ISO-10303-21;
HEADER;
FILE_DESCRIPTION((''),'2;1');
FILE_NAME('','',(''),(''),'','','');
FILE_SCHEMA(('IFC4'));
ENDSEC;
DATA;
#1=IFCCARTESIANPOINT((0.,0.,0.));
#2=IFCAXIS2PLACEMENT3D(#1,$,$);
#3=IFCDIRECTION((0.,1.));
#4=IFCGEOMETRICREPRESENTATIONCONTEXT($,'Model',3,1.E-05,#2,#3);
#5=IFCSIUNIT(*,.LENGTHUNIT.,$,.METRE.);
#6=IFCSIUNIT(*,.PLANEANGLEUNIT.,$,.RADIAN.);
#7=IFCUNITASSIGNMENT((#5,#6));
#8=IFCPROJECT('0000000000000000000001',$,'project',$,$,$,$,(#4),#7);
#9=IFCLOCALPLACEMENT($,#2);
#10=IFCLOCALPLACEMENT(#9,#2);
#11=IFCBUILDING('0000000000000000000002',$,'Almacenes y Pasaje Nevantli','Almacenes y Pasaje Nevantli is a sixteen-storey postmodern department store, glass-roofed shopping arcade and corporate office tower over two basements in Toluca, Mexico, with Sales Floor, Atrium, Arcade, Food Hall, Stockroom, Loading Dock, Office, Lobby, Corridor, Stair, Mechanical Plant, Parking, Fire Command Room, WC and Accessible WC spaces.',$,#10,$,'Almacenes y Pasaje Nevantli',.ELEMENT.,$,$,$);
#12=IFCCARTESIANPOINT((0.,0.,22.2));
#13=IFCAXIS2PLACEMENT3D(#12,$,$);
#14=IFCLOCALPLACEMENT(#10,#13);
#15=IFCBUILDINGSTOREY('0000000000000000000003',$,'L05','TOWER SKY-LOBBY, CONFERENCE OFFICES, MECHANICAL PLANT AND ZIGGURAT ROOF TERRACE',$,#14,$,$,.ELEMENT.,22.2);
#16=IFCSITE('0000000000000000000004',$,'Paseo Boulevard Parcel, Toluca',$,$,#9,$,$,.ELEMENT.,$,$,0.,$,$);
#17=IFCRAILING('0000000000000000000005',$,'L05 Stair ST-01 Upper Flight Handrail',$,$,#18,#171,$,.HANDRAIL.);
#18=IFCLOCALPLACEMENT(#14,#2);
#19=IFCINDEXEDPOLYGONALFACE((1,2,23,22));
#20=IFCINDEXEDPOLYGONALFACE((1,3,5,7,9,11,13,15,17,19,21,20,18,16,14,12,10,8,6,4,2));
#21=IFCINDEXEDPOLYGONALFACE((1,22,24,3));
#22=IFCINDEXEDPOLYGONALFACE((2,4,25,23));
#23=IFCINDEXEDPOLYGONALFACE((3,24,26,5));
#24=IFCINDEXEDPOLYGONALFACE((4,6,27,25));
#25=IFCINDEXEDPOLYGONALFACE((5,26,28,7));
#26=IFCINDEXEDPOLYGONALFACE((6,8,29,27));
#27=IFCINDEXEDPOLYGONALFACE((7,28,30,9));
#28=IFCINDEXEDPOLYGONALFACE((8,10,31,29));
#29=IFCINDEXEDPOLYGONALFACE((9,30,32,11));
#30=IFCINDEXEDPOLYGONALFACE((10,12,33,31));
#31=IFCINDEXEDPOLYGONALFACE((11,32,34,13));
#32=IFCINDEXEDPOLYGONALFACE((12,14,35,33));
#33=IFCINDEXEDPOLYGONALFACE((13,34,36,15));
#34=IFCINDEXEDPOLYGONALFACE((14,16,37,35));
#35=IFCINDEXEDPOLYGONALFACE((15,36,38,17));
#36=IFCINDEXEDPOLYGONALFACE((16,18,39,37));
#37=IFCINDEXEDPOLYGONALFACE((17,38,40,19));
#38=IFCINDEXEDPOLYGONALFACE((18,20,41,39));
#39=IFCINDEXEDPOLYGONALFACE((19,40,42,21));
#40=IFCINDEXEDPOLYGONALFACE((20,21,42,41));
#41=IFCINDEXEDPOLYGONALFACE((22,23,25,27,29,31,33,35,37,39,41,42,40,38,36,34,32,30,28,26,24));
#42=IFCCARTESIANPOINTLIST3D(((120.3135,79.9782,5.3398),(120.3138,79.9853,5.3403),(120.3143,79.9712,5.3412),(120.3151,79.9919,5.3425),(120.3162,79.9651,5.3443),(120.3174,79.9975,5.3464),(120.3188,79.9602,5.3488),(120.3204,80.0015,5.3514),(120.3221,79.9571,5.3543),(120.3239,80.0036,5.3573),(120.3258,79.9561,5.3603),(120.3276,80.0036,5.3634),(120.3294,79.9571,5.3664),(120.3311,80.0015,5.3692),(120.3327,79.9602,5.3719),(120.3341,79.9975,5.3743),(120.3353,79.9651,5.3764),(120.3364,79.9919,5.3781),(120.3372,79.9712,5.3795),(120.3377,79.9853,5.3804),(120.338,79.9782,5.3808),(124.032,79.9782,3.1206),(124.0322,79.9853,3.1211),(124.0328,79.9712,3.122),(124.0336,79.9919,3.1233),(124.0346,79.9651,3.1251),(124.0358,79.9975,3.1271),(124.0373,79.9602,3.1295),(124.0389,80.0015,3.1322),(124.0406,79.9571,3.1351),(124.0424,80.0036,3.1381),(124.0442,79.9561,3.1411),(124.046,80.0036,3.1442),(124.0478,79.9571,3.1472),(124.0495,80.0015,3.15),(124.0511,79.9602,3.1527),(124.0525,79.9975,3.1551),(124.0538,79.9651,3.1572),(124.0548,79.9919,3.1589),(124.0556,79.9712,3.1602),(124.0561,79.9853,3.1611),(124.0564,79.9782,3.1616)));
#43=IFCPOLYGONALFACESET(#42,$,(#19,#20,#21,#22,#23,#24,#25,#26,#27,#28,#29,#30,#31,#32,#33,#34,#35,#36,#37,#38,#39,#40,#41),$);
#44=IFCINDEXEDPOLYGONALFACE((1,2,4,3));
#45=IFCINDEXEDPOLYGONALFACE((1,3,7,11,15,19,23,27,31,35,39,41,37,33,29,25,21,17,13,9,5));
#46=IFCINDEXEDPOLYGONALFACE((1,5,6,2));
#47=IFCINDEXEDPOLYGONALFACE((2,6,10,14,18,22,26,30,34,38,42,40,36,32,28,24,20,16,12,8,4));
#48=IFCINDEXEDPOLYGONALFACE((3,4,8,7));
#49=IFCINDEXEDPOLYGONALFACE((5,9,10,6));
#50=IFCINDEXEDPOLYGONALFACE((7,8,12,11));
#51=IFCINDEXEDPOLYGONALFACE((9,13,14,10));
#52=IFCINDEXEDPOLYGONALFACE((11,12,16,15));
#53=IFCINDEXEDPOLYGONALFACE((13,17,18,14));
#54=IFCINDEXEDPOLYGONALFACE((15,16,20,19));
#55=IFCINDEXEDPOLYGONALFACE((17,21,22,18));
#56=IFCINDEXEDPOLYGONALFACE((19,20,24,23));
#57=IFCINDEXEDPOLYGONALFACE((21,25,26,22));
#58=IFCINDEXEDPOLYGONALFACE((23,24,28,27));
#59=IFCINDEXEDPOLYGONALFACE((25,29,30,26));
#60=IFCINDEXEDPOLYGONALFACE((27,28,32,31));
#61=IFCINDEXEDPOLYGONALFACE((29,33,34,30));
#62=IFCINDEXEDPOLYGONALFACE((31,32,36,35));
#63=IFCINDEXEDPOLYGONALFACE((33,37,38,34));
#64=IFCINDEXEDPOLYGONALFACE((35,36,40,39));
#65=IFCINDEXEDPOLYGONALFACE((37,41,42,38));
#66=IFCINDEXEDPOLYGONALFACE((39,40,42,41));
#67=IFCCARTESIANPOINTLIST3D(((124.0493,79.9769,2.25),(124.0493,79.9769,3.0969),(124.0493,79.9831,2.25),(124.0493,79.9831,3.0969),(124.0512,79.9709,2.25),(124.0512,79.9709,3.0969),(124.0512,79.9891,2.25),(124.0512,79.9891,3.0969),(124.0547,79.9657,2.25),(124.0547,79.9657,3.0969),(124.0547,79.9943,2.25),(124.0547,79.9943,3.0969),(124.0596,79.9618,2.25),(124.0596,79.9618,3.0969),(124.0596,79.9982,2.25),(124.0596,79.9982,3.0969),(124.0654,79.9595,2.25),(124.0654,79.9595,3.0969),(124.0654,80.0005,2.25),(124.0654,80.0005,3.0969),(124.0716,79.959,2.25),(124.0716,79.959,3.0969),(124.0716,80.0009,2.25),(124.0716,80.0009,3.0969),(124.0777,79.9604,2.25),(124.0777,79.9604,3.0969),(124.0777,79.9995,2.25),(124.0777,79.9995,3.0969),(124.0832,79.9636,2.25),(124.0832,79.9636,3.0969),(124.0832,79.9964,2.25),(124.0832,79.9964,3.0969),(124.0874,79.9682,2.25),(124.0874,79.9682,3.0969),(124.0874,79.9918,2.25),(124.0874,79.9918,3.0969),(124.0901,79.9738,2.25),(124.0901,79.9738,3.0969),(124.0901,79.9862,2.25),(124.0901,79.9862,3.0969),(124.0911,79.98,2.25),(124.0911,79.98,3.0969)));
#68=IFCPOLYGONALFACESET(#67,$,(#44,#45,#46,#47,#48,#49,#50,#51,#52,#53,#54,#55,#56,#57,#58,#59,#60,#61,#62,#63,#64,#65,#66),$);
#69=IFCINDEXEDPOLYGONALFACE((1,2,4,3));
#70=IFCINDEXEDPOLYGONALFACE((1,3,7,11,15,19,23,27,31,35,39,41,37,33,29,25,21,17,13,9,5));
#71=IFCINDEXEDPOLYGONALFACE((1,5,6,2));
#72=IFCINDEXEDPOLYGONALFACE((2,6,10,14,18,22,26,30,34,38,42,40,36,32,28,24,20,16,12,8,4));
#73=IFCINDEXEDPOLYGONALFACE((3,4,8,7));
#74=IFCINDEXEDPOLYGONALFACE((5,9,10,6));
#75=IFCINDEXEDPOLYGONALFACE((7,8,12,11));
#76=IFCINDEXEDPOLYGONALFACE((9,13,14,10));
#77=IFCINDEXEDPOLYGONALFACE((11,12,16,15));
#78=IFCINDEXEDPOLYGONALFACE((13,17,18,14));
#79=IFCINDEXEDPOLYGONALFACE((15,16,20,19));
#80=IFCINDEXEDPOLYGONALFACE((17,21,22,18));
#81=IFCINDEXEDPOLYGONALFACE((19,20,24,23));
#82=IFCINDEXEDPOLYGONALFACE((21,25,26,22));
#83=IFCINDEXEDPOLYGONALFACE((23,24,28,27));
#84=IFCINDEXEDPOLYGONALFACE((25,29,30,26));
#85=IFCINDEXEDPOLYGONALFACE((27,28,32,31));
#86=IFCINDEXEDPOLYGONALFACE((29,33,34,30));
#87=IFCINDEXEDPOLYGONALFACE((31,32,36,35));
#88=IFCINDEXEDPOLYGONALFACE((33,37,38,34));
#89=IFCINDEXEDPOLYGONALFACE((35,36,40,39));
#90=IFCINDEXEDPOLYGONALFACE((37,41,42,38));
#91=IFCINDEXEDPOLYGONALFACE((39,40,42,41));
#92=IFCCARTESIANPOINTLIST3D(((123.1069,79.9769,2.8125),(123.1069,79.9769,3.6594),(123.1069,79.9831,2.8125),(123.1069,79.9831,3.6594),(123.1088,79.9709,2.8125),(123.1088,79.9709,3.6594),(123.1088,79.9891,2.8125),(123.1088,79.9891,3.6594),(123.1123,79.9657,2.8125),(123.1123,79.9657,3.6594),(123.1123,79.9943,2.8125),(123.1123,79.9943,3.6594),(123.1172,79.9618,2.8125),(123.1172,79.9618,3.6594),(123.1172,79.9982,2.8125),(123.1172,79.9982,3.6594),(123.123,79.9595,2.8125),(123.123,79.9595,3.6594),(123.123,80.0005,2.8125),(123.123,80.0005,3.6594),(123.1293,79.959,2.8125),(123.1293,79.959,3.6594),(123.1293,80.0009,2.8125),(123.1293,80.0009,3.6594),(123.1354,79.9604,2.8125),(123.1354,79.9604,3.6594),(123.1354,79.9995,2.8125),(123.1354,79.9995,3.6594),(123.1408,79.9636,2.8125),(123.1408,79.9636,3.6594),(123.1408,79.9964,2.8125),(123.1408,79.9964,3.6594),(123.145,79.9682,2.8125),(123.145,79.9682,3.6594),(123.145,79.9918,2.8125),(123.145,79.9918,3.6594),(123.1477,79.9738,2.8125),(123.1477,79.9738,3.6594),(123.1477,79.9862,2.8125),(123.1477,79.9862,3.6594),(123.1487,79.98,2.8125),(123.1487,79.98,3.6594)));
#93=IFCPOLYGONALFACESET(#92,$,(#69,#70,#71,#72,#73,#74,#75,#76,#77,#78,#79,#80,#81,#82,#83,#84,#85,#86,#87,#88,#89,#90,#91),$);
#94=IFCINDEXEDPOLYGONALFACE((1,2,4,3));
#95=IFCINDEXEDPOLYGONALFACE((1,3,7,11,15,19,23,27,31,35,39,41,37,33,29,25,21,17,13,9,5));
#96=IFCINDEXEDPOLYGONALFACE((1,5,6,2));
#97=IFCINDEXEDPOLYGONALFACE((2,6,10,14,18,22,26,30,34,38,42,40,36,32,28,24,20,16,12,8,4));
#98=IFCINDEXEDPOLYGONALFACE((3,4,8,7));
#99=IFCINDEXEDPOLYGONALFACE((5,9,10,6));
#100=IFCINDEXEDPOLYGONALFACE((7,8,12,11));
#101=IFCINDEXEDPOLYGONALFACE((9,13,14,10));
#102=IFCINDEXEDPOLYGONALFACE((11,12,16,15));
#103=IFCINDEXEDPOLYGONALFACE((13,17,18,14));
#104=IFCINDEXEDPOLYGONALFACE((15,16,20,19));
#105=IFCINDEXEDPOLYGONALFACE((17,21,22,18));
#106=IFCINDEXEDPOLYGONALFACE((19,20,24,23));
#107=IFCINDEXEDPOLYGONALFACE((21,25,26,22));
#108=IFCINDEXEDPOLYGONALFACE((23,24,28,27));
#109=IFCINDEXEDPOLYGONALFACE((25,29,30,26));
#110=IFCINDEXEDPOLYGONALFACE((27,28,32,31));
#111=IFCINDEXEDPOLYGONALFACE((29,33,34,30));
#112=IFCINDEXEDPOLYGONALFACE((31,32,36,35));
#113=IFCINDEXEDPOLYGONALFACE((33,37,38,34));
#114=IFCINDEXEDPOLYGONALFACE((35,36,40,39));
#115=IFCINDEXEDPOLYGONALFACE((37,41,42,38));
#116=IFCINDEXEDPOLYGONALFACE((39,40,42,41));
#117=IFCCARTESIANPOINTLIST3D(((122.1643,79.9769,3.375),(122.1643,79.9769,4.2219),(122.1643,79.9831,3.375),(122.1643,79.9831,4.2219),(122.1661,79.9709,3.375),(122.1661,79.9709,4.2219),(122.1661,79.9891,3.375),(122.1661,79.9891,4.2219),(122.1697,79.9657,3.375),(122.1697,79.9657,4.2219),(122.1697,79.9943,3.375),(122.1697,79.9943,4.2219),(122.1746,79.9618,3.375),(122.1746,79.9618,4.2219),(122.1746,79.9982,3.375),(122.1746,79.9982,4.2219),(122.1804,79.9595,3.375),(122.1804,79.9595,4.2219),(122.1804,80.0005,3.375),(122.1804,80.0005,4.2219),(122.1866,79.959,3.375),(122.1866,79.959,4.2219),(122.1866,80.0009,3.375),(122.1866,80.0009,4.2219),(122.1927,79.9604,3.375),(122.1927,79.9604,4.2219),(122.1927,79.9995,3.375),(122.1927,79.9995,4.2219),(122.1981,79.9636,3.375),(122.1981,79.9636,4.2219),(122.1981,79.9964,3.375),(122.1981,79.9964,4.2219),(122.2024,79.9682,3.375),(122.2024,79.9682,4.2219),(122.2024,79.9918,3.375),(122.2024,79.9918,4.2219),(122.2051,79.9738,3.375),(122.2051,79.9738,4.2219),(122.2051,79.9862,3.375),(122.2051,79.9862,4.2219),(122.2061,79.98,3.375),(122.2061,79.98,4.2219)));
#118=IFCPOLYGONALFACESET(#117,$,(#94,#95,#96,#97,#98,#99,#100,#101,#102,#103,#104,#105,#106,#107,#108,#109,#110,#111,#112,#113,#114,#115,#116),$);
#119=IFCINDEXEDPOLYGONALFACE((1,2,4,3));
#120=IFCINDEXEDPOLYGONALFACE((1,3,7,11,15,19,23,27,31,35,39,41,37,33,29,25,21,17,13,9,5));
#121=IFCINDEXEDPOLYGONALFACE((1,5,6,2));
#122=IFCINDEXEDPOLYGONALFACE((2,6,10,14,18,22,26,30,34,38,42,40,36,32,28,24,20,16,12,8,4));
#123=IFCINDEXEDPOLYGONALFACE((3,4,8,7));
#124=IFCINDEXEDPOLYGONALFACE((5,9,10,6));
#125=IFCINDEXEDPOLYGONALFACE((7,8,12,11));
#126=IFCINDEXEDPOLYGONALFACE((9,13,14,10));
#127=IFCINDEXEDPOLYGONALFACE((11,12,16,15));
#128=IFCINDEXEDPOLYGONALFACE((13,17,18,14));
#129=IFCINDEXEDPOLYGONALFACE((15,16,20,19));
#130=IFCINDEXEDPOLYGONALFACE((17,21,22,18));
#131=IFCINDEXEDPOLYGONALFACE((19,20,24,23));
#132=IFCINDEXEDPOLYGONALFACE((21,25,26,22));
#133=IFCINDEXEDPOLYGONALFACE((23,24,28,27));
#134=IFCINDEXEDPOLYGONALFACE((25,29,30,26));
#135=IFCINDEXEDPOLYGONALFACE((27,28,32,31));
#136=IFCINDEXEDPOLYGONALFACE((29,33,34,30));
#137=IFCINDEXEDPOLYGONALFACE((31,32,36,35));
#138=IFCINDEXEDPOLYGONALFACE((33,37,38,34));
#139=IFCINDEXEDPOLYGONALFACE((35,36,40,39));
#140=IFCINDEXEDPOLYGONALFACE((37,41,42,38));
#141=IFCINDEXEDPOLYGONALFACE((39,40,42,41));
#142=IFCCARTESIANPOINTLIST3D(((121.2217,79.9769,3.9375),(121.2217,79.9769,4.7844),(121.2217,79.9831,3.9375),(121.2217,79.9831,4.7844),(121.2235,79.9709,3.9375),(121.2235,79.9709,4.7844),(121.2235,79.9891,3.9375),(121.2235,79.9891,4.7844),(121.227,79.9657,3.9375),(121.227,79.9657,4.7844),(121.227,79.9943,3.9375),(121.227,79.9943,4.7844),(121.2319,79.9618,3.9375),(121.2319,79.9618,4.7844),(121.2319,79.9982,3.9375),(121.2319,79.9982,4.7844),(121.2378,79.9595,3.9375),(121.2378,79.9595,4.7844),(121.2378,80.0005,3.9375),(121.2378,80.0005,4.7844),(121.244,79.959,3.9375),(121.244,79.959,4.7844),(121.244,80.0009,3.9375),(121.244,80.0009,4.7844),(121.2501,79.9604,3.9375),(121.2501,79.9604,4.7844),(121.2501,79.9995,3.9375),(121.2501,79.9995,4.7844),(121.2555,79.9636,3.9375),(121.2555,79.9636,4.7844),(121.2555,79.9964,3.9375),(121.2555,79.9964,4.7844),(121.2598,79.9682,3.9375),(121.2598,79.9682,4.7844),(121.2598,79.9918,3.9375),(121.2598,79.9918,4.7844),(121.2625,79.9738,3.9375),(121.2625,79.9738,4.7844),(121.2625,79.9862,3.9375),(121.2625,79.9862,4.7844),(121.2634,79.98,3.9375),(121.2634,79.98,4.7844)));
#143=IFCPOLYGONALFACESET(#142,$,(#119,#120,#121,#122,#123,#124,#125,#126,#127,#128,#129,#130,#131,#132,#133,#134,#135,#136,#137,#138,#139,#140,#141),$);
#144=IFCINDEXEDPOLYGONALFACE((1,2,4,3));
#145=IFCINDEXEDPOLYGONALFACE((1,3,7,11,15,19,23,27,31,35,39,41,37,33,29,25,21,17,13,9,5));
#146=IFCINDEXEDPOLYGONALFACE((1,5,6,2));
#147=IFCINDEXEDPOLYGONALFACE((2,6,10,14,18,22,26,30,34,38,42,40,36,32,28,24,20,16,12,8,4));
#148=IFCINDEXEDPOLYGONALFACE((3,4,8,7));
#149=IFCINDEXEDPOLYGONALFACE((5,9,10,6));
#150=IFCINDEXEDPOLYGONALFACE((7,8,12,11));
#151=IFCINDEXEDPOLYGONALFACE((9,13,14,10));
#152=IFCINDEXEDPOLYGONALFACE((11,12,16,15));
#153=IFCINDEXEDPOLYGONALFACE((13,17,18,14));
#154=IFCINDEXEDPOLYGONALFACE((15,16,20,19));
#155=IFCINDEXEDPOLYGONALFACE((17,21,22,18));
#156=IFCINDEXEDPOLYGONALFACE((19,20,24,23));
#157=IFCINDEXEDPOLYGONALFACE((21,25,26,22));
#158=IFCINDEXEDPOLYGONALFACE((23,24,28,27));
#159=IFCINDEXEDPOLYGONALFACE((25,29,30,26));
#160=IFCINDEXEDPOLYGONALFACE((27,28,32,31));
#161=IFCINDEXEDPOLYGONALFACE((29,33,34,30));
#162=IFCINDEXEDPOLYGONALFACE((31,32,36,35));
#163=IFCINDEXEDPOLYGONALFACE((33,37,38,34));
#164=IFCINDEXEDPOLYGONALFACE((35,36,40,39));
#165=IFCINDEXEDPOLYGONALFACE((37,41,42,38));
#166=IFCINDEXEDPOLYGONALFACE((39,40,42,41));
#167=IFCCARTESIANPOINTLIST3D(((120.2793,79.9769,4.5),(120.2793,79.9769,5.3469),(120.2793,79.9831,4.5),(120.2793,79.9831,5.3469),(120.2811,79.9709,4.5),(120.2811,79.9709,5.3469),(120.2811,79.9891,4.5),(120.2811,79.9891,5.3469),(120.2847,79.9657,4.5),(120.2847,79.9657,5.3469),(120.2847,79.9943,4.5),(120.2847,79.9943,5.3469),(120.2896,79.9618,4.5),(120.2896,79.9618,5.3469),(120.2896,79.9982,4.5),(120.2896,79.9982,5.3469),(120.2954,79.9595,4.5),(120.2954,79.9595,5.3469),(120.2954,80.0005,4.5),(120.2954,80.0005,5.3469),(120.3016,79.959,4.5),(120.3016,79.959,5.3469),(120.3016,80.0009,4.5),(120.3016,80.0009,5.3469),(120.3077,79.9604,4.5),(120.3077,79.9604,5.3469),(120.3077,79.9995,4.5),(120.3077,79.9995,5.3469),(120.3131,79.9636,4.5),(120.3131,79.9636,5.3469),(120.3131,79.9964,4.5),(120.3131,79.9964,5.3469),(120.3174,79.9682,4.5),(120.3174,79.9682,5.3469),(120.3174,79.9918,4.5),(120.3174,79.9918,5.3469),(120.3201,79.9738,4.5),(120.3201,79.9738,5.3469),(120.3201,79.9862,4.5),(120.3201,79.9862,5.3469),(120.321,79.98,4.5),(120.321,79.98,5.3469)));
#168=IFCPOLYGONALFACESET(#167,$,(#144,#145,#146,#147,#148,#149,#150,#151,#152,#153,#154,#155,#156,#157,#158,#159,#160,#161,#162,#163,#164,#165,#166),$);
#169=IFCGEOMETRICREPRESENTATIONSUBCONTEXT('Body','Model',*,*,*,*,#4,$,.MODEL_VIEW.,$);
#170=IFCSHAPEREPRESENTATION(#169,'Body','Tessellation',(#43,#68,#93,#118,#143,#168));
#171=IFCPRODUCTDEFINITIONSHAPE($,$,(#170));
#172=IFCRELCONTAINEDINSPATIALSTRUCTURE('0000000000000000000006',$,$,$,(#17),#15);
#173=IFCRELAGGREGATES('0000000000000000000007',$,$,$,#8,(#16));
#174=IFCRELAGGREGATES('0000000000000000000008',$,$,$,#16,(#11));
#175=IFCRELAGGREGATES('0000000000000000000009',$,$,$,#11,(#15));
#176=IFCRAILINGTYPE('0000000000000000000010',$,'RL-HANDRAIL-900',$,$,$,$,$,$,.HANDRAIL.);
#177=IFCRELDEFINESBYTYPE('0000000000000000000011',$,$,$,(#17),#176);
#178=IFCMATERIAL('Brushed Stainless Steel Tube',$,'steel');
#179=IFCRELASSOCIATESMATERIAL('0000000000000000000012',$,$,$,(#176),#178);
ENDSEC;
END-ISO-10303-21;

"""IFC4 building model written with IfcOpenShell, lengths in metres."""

from ifc_helpers import new_model, si_unit, direction, frame, origin, origin_2d, place, context, subcontext, project, spatial, circle, extrude, material, type_object, element, save


model = new_model("IFC4")

# Units and contexts
model_context = context("Model", 3, precision=1e-05, world=origin(), true_north=direction((0.0, 1.0)))
body_context = subcontext(model_context, "Body", "Model", "MODEL_VIEW")
ifc_project = project(units=[si_unit("LENGTHUNIT", "METRE"), si_unit("PLANEANGLEUNIT", "RADIAN")], contexts=[model_context])

# Site, building, storey
site_placement = place(None, origin())
site = spatial("IfcSite", under=ifc_project, at=site_placement, Name="Paseo Boulevard Parcel, Toluca", CompositionType="ELEMENT", RefElevation=0.0)
building_placement = place(site_placement, origin())
building = spatial("IfcBuilding", under=site, at=building_placement, Name="Almacenes y Pasaje Nevantli", Description="Almacenes y Pasaje Nevantli is a sixteen-storey postmodern department store, glass-roofed shopping arcade and corporate office tower over two basements in Toluca, Mexico, with Sales Floor, Atrium, Arcade, Food Hall, Stockroom, Loading Dock, Office, Lobby, Corridor, Stair, Mechanical Plant, Parking, Fire Command Room, WC and Accessible WC spaces.", LongName="Almacenes y Pasaje Nevantli", CompositionType="ELEMENT")
storey_placement = place(building_placement, frame((0.0, 0.0, 22.2)))
storey = spatial("IfcBuildingStorey", under=building, at=storey_placement, Name="L05", Description="TOWER SKY-LOBBY, CONFERENCE OFFICES, MECHANICAL PLANT AND ZIGGURAT ROOF TERRACE", CompositionType="ELEMENT", Elevation=22.2)

# Railing
ifc_material_1 = material(Name="Brushed Stainless Steel Tube", Category="steel")
railing_type_1 = type_object("IfcRailingType", Name="RL-HANDRAIL-900", PredefinedType="HANDRAIL", material=ifc_material_1)
railing_1_placement = place(storey_placement, frame((124.0701, 79.98, 2.25)))
element("IfcRailing", 1, at=railing_1_placement, inside=storey, type_object=railing_type_1, Name="L05 Stair ST-01 Upper Flight Handrail", PredefinedType="HANDRAIL", context=body_context, shape_type="SweptSolid", body=[
    extrude(circle(Radius=0.0239, at=origin_2d()), frame((-0.0259, 0.0, 0.8911), z_axis=(-0.858698, 0.0, 0.512483), x_axis=(0.0, -1.0, 0.0)), (0.0, 0.0, 1.0), 4.3303),
    extrude(circle(Radius=0.021, at=origin_2d()), origin(), (0.0, 0.0, 1.0), 0.8469),
    extrude(circle(Radius=0.021, at=origin_2d()), frame((-0.9424, 0.0, 0.5625)), (0.0, 0.0, 1.0), 0.8469),
    extrude(circle(Radius=0.021, at=origin_2d()), frame((-1.885, 0.0, 1.125)), (0.0, 0.0, 1.0), 0.8469),
    extrude(circle(Radius=0.021, at=origin_2d()), frame((-2.8276, 0.0, 1.6875)), (0.0, 0.0, 1.0), 0.8469),
    extrude(circle(Radius=0.021, at=origin_2d()), frame((-3.77, 0.0, 2.25)), (0.0, 0.0, 1.0), 0.8469),
])

save(model, "model.ifc")
